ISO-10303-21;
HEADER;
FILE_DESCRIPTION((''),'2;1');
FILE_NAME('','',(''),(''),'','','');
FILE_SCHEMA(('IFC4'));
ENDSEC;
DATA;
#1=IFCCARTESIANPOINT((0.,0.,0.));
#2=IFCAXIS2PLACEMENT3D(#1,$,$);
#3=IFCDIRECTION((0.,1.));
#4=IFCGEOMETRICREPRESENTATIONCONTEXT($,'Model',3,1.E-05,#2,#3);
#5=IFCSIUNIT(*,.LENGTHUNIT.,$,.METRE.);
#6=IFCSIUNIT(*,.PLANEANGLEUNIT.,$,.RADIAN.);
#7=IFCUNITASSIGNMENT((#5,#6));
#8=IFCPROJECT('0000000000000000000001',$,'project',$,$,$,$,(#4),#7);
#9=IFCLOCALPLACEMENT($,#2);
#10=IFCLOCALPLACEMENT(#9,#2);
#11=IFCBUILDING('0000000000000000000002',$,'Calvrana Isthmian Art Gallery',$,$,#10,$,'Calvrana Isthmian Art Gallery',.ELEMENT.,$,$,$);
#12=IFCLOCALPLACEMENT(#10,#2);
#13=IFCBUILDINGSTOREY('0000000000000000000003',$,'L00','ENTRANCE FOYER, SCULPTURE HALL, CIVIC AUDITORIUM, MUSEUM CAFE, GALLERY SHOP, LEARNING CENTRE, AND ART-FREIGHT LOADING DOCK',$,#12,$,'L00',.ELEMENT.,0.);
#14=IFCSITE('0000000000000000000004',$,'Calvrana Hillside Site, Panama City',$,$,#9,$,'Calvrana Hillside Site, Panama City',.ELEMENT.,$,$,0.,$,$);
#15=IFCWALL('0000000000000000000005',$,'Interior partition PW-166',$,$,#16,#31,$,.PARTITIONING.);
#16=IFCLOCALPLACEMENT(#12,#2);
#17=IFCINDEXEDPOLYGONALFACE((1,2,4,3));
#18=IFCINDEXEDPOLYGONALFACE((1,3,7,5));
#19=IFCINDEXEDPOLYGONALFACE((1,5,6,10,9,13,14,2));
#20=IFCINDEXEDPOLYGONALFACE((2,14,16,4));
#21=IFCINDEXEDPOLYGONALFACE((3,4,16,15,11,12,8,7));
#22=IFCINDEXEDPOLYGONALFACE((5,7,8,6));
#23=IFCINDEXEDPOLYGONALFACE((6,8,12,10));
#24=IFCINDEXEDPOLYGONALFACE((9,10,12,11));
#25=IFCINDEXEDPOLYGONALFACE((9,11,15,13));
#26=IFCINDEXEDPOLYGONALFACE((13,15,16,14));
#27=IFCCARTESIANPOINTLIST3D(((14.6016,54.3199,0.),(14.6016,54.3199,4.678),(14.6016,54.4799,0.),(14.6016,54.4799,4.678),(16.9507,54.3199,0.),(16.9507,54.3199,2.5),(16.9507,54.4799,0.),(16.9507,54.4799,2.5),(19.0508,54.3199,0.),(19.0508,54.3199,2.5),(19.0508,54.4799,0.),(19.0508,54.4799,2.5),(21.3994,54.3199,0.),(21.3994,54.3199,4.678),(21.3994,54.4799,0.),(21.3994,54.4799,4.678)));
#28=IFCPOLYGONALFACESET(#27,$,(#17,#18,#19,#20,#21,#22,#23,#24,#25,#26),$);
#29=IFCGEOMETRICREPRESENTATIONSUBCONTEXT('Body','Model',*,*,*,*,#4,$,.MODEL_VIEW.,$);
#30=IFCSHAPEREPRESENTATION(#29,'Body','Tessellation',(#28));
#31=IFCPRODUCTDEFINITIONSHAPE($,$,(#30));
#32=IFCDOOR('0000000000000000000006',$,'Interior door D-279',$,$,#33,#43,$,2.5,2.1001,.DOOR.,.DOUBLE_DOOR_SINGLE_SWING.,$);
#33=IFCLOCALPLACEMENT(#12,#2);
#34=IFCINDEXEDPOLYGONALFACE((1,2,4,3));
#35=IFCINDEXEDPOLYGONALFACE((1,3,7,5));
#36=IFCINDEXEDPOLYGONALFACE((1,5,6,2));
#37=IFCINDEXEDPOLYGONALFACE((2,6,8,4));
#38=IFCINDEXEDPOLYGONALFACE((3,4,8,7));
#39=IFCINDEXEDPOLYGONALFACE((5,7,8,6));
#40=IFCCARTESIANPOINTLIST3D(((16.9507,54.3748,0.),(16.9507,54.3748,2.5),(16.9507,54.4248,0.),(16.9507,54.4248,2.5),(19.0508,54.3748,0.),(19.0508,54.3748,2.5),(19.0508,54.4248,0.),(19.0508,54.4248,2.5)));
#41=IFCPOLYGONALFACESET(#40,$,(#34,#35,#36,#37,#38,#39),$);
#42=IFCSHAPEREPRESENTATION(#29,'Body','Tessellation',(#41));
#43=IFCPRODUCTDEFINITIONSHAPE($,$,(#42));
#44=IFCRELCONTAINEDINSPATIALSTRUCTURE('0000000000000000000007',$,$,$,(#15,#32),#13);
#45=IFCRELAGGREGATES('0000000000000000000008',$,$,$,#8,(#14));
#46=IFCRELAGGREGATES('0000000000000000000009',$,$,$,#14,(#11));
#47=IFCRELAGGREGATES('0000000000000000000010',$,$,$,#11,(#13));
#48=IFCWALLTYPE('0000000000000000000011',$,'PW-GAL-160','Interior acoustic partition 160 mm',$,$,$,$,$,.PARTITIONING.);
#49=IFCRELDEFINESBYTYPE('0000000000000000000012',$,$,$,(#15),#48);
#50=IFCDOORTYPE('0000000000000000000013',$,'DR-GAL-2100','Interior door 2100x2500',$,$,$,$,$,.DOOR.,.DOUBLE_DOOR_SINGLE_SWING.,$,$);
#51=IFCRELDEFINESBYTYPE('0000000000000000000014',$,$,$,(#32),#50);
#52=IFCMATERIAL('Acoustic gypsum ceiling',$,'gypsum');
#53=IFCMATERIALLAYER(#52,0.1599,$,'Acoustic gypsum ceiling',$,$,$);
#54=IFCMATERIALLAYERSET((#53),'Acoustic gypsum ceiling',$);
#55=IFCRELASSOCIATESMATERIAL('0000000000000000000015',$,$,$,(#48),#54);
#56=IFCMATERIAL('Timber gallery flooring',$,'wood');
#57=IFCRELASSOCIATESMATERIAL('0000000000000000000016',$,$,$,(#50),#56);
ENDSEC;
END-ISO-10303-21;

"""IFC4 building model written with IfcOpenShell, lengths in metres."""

from ifc_helpers import new_model, si_unit, direction, frame, frame_2d, origin, place, context, subcontext, project, spatial, rectangle, extrude, material, layer, layer_set, type_object, element, fill, save


model = new_model("IFC4")

# Units and contexts
model_context = context("Model", 3, precision=1e-05, world=origin(), true_north=direction((0.0, 1.0)))
body_context = subcontext(model_context, "Body", "Model", "MODEL_VIEW")
ifc_project = project(units=[si_unit("LENGTHUNIT", "METRE"), si_unit("PLANEANGLEUNIT", "RADIAN")], contexts=[model_context])

# Site, building, storey
site_placement = place(None, origin())
site = spatial("IfcSite", under=ifc_project, at=site_placement, Name="Calvrana Hillside Site, Panama City", LongName="Calvrana Hillside Site, Panama City", CompositionType="ELEMENT", RefElevation=0.0)
building_placement = place(site_placement, origin())
building = spatial("IfcBuilding", under=site, at=building_placement, Name="Calvrana Isthmian Art Gallery", LongName="Calvrana Isthmian Art Gallery", CompositionType="ELEMENT")
storey_placement = place(building_placement, origin())
storey = spatial("IfcBuildingStorey", under=building, at=storey_placement, Name="L00", Description="ENTRANCE FOYER, SCULPTURE HALL, CIVIC AUDITORIUM, MUSEUM CAFE, GALLERY SHOP, LEARNING CENTRE, AND ART-FREIGHT LOADING DOCK", LongName="L00", CompositionType="ELEMENT", Elevation=0.0)

# Shared definitions
ifc_material_1 = material(Name="Acoustic gypsum ceiling", Category="gypsum")
ifc_layer_1 = layer(ifc_material_1, 0.1599, Name="Acoustic gypsum ceiling")
ifc_layer_set_1 = layer_set([ifc_layer_1], Name="Acoustic gypsum ceiling")
wall_type_1 = type_object("IfcWallType", Name="PW-GAL-160", Description="Interior acoustic partition 160 mm", PredefinedType="PARTITIONING", material=ifc_layer_set_1)

# Shared definitions
ifc_material_2 = material(Name="Timber gallery flooring", Category="wood")

# Wall, opening, door
wall_1_placement = place(storey_placement, frame((14.6016, 54.3999, 0.0), z_axis=(0.0, 0.0, 1.0), x_axis=(1.0, 0.0, 0.0)))
wall_1 = element("IfcWall", 1, at=wall_1_placement, inside=storey, type_object=wall_type_1, Name="Interior partition PW-166", PredefinedType="PARTITIONING", context=body_context, shape_type="SweptSolid", body=[
    extrude(rectangle(XDim=6.7979, YDim=0.1599, at=frame_2d((3.3989, 0.0))), origin(), (0.0, 0.0, 1.0), 4.678),
])
opening_1_placement = place(wall_1_placement, frame((2.3491, 0.0, 0.0)))
opening_1 = element("IfcOpeningElement", 2, at=opening_1_placement, cuts=wall_1, PredefinedType="OPENING", context=body_context, shape_type="SweptSolid", body=[
    extrude(rectangle(XDim=2.1001, YDim=2.5, at=frame_2d((1.05, 1.25))), frame((0.0, 0.0903, 0.0), z_axis=(0.0, -1.0, 0.0), x_axis=(1.0, 0.0, 0.0)), (0.0, 0.0, 1.0), 0.1804),
])
door_type_1 = type_object("IfcDoorType", Name="DR-GAL-2100", Description="Interior door 2100x2500", OperationType="DOUBLE_DOOR_SINGLE_SWING", PredefinedType="DOOR", material=ifc_material_2)
door_1_placement = place(opening_1_placement, origin())
door_1 = element("IfcDoor", 3, at=door_1_placement, inside=storey, type_object=door_type_1, Name="Interior door D-279", OperationType="DOUBLE_DOOR_SINGLE_SWING", OverallHeight=2.5, OverallWidth=2.1001, PredefinedType="DOOR", context=body_context, shape_type="SweptSolid", body=[
    extrude(rectangle(XDim=2.1001, YDim=2.5, at=frame_2d((1.05, 1.25))), frame((0.0, 0.0249, 0.0), z_axis=(0.0, -1.0, 0.0), x_axis=(1.0, 0.0, 0.0)), (0.0, 0.0, 1.0), 0.05),
])
fill(opening_1, door_1)

save(model, "model.ifc")
